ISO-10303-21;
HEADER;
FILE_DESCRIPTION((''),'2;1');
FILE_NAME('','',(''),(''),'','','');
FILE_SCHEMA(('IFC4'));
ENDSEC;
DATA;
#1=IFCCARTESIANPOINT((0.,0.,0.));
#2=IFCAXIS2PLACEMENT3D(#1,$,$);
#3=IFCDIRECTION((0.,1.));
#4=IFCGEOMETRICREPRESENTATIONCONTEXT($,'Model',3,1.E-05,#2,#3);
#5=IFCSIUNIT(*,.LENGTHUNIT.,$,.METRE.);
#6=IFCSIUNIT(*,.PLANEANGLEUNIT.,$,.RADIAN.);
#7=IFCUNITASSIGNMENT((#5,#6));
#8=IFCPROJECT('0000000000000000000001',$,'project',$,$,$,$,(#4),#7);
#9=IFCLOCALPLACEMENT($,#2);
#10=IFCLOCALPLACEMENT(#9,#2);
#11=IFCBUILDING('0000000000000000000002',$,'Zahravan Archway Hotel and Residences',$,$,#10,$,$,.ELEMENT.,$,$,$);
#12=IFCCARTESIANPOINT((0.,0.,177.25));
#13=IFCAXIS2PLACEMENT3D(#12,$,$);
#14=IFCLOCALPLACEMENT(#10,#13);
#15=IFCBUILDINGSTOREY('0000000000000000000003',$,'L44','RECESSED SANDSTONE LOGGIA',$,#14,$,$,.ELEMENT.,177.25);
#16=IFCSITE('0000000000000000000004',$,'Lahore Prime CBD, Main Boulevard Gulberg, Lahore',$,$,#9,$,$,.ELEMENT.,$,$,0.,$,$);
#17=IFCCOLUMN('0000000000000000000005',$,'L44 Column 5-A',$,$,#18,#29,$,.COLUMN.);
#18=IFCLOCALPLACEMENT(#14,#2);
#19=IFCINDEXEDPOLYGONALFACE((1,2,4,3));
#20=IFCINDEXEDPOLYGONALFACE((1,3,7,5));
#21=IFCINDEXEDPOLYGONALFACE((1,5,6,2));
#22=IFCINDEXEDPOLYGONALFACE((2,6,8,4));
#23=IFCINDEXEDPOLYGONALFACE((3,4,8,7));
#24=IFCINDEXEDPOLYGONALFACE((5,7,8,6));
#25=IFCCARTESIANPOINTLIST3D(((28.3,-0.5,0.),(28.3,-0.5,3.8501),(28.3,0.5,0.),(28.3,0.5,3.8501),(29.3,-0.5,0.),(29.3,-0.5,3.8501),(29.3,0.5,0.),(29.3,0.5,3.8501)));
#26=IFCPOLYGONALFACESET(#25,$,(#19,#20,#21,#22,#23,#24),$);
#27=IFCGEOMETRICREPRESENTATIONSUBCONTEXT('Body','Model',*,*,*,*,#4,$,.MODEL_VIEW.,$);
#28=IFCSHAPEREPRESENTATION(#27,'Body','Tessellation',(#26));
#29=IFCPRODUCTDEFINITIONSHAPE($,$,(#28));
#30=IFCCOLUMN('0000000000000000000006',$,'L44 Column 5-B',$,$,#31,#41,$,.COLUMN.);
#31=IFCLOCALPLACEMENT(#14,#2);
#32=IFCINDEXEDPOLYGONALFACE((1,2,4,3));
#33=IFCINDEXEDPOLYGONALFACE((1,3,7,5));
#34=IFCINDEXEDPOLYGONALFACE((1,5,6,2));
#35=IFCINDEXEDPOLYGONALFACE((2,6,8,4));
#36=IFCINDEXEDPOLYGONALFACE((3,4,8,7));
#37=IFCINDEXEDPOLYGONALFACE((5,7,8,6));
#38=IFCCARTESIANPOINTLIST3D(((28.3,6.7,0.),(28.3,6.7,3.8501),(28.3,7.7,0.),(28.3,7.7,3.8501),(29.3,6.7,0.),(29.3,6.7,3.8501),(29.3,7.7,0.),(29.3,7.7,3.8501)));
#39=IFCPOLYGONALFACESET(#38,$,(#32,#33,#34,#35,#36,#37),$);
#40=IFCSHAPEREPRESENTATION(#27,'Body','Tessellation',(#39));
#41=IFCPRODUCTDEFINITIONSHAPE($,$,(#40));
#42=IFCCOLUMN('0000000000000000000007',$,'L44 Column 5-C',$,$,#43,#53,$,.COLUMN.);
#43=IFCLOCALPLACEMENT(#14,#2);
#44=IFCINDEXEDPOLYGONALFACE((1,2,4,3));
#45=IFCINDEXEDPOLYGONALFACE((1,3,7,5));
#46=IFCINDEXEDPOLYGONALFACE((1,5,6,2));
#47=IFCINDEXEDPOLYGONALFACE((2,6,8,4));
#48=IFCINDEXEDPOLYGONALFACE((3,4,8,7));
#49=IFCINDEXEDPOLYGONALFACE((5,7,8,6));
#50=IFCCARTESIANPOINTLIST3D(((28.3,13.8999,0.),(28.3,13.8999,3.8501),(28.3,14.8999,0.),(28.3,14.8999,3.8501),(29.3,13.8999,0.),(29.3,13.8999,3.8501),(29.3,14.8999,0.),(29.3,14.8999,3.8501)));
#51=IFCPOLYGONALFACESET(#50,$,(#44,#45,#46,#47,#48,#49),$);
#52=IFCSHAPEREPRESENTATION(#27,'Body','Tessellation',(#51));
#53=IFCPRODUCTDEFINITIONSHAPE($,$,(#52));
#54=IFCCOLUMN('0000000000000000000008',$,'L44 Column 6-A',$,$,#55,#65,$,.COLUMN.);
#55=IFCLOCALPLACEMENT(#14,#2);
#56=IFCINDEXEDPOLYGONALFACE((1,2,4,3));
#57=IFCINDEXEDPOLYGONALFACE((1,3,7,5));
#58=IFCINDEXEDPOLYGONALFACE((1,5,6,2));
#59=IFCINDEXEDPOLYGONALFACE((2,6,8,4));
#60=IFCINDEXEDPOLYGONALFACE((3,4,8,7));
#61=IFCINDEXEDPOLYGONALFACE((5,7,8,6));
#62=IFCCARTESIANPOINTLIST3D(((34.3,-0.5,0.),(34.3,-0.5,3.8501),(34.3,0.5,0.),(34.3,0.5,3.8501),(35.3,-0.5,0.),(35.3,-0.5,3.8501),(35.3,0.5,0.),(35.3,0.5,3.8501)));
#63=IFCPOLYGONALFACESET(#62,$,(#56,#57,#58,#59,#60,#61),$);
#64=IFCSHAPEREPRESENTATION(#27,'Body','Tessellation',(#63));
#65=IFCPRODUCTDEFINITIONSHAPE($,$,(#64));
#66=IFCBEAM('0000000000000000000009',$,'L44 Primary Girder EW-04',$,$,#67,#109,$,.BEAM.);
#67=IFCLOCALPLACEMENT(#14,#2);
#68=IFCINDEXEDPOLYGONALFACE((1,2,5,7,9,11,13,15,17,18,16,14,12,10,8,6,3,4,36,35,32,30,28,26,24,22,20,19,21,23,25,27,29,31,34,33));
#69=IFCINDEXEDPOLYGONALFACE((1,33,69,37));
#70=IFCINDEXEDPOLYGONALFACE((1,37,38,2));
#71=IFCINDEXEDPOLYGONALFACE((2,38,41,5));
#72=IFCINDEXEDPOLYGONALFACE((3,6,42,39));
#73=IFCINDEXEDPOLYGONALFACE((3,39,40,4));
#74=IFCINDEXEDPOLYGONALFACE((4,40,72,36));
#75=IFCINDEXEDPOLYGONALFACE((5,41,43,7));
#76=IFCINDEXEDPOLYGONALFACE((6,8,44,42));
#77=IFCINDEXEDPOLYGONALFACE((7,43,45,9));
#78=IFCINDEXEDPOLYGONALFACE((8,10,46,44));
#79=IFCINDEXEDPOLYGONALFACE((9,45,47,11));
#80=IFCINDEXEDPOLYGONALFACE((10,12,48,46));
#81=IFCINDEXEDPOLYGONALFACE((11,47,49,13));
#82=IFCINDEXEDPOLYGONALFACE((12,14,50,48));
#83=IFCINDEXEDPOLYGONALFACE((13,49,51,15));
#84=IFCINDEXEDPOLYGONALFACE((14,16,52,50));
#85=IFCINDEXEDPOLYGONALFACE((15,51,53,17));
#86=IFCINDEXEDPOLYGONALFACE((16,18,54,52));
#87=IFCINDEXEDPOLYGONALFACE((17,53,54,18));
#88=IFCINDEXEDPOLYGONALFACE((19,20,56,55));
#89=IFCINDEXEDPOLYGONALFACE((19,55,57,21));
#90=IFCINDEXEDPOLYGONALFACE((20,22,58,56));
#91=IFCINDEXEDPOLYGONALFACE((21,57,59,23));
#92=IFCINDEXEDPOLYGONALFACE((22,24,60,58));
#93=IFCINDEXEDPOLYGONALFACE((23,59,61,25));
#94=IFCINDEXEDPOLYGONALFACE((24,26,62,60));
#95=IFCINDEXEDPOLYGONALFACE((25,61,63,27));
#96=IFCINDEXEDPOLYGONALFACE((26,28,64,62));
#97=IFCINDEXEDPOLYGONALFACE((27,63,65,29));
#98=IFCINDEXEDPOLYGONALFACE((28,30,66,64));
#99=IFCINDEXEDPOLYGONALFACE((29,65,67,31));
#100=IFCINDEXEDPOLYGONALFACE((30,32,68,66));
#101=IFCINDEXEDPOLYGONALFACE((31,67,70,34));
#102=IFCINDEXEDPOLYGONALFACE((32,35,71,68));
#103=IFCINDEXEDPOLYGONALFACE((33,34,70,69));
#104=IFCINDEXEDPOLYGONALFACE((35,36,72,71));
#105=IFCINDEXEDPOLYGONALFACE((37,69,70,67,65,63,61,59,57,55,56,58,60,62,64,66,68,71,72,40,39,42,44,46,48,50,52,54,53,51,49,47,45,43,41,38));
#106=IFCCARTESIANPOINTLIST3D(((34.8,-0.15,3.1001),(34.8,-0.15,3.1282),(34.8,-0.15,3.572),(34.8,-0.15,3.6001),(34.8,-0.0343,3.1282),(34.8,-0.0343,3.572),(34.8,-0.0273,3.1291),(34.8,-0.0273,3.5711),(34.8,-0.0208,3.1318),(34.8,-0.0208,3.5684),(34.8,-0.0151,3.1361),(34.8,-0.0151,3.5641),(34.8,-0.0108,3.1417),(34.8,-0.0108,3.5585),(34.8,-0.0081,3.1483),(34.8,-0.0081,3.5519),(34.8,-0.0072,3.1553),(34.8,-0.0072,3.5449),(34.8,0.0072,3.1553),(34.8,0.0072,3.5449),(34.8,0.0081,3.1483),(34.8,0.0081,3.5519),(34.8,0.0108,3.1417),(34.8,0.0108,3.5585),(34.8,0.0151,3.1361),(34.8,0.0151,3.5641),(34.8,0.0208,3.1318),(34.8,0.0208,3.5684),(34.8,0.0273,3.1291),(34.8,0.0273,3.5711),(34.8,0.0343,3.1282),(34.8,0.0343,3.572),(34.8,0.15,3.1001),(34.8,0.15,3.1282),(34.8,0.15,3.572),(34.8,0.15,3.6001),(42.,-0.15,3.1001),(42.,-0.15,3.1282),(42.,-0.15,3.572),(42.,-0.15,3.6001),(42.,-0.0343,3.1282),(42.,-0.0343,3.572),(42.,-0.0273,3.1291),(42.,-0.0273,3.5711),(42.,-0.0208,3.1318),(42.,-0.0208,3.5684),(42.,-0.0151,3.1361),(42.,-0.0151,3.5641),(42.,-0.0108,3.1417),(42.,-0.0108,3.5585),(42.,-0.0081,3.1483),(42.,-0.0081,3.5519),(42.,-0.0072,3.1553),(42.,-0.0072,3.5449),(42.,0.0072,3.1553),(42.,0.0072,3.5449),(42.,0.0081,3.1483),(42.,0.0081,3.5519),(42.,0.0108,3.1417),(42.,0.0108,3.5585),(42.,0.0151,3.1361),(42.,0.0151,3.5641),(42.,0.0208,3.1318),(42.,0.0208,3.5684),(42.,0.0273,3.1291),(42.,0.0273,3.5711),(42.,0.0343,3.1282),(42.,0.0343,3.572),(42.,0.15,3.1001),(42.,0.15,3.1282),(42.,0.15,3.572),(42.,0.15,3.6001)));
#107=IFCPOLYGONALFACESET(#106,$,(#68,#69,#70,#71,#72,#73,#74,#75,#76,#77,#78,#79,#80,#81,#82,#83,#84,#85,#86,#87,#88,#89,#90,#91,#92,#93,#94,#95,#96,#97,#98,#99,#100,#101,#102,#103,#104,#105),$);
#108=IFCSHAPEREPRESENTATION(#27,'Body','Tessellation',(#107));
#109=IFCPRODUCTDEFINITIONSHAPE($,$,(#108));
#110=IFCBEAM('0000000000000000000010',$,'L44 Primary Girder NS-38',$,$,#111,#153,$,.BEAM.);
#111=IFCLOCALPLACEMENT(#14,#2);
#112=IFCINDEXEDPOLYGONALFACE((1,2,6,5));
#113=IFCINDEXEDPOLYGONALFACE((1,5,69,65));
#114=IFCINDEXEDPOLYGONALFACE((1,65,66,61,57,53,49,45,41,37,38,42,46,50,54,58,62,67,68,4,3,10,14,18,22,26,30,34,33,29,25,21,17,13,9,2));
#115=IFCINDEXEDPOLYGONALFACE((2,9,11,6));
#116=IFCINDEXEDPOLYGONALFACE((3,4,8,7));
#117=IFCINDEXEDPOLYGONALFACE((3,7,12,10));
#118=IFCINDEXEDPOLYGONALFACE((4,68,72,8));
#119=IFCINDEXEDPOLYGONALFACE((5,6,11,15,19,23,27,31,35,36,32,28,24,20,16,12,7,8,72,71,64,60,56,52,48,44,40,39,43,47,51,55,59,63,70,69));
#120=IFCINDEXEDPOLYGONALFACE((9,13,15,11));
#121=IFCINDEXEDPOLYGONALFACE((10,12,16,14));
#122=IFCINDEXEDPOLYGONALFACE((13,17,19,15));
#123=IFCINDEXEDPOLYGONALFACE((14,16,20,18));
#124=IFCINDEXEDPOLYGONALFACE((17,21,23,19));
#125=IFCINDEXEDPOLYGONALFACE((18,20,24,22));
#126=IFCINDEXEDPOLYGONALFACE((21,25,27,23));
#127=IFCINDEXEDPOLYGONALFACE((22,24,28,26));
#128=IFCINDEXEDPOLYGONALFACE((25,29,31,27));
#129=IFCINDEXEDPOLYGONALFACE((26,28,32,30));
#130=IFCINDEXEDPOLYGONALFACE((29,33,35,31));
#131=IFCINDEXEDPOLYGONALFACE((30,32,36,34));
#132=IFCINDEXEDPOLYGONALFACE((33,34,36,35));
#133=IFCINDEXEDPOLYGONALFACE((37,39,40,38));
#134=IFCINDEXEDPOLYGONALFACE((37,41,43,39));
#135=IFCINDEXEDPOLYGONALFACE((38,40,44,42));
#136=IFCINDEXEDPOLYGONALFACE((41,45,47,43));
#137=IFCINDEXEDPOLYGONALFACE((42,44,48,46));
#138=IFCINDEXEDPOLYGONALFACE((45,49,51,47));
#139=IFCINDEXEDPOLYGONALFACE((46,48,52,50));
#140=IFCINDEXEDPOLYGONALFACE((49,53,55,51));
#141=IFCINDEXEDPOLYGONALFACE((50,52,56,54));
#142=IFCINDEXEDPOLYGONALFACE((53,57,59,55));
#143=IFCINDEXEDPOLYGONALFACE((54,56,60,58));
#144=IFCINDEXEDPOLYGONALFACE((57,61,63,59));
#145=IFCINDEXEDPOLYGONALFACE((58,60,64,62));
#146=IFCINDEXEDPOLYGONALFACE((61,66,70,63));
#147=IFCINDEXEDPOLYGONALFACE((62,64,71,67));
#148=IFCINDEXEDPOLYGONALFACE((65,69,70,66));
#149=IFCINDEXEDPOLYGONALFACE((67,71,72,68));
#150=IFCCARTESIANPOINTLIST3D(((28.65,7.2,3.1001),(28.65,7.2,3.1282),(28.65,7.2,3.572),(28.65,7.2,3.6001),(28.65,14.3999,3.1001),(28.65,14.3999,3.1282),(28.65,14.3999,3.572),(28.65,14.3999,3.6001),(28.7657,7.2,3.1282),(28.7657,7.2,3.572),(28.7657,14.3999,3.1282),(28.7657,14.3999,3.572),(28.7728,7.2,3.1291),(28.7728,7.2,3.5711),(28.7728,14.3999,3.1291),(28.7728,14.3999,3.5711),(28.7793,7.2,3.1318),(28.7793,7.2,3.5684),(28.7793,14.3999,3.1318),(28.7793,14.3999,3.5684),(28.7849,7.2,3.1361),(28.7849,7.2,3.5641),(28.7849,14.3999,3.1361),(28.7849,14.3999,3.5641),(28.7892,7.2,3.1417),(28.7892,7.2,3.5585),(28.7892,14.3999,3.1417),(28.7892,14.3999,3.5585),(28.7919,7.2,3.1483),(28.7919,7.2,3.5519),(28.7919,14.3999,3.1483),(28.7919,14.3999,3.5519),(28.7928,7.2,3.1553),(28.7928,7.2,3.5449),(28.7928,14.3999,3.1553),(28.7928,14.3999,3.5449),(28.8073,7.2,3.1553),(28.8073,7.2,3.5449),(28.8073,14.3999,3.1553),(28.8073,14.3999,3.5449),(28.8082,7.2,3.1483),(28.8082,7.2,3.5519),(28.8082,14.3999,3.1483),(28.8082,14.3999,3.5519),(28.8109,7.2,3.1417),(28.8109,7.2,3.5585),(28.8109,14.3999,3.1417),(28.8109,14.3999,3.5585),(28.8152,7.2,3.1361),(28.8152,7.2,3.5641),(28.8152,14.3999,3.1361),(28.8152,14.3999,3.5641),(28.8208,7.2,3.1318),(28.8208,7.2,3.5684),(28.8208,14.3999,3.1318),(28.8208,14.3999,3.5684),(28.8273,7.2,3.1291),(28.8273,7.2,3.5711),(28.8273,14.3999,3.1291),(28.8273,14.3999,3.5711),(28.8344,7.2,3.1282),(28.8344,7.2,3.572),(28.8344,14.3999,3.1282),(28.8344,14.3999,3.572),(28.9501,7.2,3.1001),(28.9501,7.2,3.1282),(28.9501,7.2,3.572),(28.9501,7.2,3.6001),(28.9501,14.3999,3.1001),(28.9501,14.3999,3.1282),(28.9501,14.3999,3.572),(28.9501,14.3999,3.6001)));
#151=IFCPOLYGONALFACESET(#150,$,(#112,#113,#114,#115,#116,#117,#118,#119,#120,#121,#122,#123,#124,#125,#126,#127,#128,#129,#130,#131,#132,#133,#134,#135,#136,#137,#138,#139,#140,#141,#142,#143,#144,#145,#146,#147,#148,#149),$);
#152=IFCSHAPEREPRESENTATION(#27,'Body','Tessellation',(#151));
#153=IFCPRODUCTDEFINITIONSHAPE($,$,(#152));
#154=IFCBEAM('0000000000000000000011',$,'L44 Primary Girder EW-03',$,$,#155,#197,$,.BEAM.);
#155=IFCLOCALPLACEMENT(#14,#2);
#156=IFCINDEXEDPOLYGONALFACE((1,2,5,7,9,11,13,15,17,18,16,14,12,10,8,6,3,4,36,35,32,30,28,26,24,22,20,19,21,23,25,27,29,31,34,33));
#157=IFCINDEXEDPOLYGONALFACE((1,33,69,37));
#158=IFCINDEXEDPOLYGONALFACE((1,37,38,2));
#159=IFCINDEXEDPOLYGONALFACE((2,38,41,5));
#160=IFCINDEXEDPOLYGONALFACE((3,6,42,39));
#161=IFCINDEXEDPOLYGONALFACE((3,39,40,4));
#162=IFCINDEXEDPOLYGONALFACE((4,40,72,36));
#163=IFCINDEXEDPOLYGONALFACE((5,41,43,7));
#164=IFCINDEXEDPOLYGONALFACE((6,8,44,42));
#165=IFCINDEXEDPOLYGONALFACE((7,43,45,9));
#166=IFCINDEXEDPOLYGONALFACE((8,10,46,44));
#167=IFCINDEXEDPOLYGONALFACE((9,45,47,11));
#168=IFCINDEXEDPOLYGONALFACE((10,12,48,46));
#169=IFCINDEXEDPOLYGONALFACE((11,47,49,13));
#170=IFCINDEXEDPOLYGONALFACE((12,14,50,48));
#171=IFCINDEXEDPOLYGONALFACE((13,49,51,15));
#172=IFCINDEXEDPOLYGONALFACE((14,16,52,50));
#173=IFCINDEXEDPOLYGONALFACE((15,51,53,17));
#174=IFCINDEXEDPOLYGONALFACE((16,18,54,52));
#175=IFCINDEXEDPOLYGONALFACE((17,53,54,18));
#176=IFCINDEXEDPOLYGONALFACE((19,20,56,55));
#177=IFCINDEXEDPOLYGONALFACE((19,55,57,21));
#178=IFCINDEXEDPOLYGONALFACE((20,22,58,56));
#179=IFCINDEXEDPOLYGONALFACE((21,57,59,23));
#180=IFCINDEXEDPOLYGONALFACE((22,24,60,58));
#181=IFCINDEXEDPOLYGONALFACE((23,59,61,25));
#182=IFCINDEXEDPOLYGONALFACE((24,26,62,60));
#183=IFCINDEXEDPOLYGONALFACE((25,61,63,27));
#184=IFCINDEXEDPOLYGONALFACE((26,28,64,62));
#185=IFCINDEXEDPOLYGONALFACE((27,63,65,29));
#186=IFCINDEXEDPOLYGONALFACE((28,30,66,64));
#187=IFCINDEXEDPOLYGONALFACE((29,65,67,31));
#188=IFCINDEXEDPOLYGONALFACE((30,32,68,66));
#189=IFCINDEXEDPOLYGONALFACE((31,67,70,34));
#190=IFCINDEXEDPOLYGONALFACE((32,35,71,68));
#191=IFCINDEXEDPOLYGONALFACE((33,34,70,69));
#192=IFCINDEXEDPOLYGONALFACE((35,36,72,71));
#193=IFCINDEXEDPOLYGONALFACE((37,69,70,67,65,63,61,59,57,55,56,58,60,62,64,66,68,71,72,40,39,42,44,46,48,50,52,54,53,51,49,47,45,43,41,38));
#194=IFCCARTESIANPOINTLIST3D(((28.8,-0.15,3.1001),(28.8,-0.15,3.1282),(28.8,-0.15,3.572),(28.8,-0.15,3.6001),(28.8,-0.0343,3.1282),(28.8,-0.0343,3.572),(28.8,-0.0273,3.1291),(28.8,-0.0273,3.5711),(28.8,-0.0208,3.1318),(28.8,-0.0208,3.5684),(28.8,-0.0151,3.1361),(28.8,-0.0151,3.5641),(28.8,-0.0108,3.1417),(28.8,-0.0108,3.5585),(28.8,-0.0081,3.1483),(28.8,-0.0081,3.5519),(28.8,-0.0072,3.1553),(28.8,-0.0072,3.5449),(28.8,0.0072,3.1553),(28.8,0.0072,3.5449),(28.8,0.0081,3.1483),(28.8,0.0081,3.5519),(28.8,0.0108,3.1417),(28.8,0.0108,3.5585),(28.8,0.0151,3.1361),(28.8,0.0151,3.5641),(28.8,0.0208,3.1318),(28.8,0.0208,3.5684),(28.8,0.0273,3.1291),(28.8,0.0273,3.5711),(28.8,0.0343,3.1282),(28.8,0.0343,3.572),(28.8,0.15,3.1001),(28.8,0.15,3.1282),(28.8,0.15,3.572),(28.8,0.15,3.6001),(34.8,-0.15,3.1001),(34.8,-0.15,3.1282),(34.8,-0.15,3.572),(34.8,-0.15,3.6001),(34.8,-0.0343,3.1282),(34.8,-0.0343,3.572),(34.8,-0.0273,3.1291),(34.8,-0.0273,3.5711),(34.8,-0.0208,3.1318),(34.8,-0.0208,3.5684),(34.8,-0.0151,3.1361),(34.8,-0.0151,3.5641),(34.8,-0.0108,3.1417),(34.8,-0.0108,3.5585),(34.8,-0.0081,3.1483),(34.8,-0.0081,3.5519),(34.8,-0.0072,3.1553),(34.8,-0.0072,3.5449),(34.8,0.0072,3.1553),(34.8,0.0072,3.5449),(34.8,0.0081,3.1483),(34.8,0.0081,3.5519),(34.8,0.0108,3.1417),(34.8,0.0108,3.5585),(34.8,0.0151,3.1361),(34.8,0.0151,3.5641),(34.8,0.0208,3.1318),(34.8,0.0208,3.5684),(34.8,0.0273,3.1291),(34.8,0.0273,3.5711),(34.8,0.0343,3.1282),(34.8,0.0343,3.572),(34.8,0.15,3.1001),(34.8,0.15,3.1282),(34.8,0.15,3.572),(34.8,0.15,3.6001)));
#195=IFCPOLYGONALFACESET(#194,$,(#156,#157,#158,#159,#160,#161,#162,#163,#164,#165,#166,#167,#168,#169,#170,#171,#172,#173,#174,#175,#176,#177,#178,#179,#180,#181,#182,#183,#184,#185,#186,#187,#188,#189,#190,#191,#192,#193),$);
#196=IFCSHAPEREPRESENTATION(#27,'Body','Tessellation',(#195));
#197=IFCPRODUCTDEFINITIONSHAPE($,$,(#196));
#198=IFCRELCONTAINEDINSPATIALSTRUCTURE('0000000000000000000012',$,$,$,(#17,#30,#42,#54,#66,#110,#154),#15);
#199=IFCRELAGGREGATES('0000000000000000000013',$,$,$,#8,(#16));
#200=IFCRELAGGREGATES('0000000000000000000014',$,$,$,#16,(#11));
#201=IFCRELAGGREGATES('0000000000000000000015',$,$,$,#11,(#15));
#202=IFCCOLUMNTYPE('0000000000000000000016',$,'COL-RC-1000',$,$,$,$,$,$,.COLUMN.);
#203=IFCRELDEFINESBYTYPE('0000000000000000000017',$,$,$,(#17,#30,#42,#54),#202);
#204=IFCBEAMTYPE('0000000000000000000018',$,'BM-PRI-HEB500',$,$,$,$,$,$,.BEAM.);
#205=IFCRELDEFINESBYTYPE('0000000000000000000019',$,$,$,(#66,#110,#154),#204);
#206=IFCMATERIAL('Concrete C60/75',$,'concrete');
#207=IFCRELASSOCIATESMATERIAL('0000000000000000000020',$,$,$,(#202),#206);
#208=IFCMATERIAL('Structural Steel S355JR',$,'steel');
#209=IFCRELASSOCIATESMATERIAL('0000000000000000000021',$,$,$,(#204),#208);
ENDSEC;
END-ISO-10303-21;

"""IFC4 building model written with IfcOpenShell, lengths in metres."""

from ifc_helpers import new_model, si_unit, direction, frame, origin, origin_2d, place, context, subcontext, project, spatial, rectangle, i_section, extrude, source, transform, mapped, material, material_profile, profile_set, type_object, element, save


model = new_model("IFC4")

# Units and contexts
model_context = context("Model", 3, precision=1e-05, world=origin(), true_north=direction((0.0, 1.0)))
body_context = subcontext(model_context, "Body", "Model", "MODEL_VIEW")
ifc_project = project(units=[si_unit("LENGTHUNIT", "METRE"), si_unit("PLANEANGLEUNIT", "RADIAN")], contexts=[model_context])

# Site, building, storey
site_placement = place(None, origin())
site = spatial("IfcSite", under=ifc_project, at=site_placement, Name="Lahore Prime CBD, Main Boulevard Gulberg, Lahore", CompositionType="ELEMENT", RefElevation=0.0)
building_placement = place(site_placement, origin())
building = spatial("IfcBuilding", under=site, at=building_placement, Name="Zahravan Archway Hotel and Residences", CompositionType="ELEMENT")
storey_placement = place(building_placement, frame((0.0, 0.0, 177.25)))
storey = spatial("IfcBuildingStorey", under=building, at=storey_placement, Name="L44", Description="RECESSED SANDSTONE LOGGIA", CompositionType="ELEMENT", Elevation=177.25)

# Columns
ifc_material_1 = material(Name="Concrete C60/75", Category="concrete")
ifc_material_profile_1 = material_profile(ifc_material_1, rectangle(XDim=1.0, YDim=1.0, at=origin_2d()), Name="RC-COL-1000x1000", Category="concrete")
ifc_profile_set_1 = profile_set([ifc_material_profile_1], Name="Concrete C60/75")
column_type = type_object("IfcColumnType", Name="COL-RC-1000", PredefinedType="COLUMN", material=ifc_profile_set_1)
shared_shape_1 = source(origin(), body_context, "Body", "SweptSolid", [
    extrude(rectangle(XDim=1.0, YDim=1.0, at=origin_2d()), origin(), (0.0, 0.0, 1.0), 3.8501),
])
for number, where, z_axis, x_axis, name in (
    (1, (28.8, 0.0, 0.0), (0.0, 0.0, 1.0), (1.0, 0.0, 0.0), "L44 Column 5-A"),
    (2, (28.8, 7.2, 0.0), (0.0, 0.0, 1.0), (1.0, 0.0, 0.0), "L44 Column 5-B"),
    (3, (28.8, 14.3999, 0.0), (0.0, 0.0, 1.0), (1.0, 0.0, 0.0), "L44 Column 5-C"),
    (4, (34.8, 0.0, 0.0), (0.0, 0.0, 1.0), (1.0, 0.0, 0.0), "L44 Column 6-A"),
):
    element("IfcColumn", number, at=place(storey_placement, frame(where, z_axis=z_axis, x_axis=x_axis)), inside=storey, type_object=column_type, Name=name, PredefinedType="COLUMN", context=body_context, shape_type="MappedRepresentation", body=[
        mapped(shared_shape_1, transform((0.0, 0.0, 0.0), scale=1.0)),
    ])

# Beams
ifc_material_2 = material(Name="Structural Steel S355JR", Category="steel")
ifc_material_profile_2 = material_profile(ifc_material_2, i_section(OverallWidth=0.3, OverallDepth=0.5, WebThickness=0.0144, FlangeThickness=0.0281, FilletRadius=0.0271, at=origin_2d()), Name="HEB 500", Category="steel")
ifc_profile_set_2 = profile_set([ifc_material_profile_2], Name="Structural Steel S355JR")
beam_type_1 = type_object("IfcBeamType", Name="BM-PRI-HEB500", PredefinedType="BEAM", material=ifc_profile_set_2)
shared_shape_2 = source(origin(), body_context, "Body", "SweptSolid", [
    extrude(i_section(OverallWidth=0.3, OverallDepth=0.5, WebThickness=0.0144, FlangeThickness=0.0281, FilletRadius=0.0271, at=origin_2d()), origin(), (0.0, 0.0, 1.0), 7.2),
])
for number, where, z_axis, x_axis, name in (
    (5, (34.8, 0.0, 3.3501), (1.0, 0.0, 0.0), (0.0, 1.0, 0.0), "L44 Primary Girder EW-04"),
    (6, (28.8, 7.2, 3.3501), (0.0, 1.0, 0.0), (-1.0, 0.0, 0.0), "L44 Primary Girder NS-38"),
):
    element("IfcBeam", number, at=place(storey_placement, frame(where, z_axis=z_axis, x_axis=x_axis)), inside=storey, type_object=beam_type_1, Name=name, PredefinedType="BEAM", context=body_context, shape_type="MappedRepresentation", body=[
        mapped(shared_shape_2, transform((0.0, 0.0, 0.0), scale=1.0)),
    ])
shared_shape_3 = source(origin(), body_context, "Body", "SweptSolid", [
    extrude(i_section(OverallWidth=0.3, OverallDepth=0.5, WebThickness=0.0144, FlangeThickness=0.0281, FilletRadius=0.0271, at=origin_2d()), origin(), (0.0, 0.0, 1.0), 6.0),
])
for number, where, z_axis, x_axis, name in (
    (7, (28.8, 0.0, 3.3501), (1.0, 0.0, 0.0), (0.0, 1.0, 0.0), "L44 Primary Girder EW-03"),
):
    element("IfcBeam", number, at=place(storey_placement, frame(where, z_axis=z_axis, x_axis=x_axis)), inside=storey, type_object=beam_type_1, Name=name, PredefinedType="BEAM", context=body_context, shape_type="MappedRepresentation", body=[
        mapped(shared_shape_3, transform((0.0, 0.0, 0.0), scale=1.0)),
    ])

save(model, "model.ifc")
